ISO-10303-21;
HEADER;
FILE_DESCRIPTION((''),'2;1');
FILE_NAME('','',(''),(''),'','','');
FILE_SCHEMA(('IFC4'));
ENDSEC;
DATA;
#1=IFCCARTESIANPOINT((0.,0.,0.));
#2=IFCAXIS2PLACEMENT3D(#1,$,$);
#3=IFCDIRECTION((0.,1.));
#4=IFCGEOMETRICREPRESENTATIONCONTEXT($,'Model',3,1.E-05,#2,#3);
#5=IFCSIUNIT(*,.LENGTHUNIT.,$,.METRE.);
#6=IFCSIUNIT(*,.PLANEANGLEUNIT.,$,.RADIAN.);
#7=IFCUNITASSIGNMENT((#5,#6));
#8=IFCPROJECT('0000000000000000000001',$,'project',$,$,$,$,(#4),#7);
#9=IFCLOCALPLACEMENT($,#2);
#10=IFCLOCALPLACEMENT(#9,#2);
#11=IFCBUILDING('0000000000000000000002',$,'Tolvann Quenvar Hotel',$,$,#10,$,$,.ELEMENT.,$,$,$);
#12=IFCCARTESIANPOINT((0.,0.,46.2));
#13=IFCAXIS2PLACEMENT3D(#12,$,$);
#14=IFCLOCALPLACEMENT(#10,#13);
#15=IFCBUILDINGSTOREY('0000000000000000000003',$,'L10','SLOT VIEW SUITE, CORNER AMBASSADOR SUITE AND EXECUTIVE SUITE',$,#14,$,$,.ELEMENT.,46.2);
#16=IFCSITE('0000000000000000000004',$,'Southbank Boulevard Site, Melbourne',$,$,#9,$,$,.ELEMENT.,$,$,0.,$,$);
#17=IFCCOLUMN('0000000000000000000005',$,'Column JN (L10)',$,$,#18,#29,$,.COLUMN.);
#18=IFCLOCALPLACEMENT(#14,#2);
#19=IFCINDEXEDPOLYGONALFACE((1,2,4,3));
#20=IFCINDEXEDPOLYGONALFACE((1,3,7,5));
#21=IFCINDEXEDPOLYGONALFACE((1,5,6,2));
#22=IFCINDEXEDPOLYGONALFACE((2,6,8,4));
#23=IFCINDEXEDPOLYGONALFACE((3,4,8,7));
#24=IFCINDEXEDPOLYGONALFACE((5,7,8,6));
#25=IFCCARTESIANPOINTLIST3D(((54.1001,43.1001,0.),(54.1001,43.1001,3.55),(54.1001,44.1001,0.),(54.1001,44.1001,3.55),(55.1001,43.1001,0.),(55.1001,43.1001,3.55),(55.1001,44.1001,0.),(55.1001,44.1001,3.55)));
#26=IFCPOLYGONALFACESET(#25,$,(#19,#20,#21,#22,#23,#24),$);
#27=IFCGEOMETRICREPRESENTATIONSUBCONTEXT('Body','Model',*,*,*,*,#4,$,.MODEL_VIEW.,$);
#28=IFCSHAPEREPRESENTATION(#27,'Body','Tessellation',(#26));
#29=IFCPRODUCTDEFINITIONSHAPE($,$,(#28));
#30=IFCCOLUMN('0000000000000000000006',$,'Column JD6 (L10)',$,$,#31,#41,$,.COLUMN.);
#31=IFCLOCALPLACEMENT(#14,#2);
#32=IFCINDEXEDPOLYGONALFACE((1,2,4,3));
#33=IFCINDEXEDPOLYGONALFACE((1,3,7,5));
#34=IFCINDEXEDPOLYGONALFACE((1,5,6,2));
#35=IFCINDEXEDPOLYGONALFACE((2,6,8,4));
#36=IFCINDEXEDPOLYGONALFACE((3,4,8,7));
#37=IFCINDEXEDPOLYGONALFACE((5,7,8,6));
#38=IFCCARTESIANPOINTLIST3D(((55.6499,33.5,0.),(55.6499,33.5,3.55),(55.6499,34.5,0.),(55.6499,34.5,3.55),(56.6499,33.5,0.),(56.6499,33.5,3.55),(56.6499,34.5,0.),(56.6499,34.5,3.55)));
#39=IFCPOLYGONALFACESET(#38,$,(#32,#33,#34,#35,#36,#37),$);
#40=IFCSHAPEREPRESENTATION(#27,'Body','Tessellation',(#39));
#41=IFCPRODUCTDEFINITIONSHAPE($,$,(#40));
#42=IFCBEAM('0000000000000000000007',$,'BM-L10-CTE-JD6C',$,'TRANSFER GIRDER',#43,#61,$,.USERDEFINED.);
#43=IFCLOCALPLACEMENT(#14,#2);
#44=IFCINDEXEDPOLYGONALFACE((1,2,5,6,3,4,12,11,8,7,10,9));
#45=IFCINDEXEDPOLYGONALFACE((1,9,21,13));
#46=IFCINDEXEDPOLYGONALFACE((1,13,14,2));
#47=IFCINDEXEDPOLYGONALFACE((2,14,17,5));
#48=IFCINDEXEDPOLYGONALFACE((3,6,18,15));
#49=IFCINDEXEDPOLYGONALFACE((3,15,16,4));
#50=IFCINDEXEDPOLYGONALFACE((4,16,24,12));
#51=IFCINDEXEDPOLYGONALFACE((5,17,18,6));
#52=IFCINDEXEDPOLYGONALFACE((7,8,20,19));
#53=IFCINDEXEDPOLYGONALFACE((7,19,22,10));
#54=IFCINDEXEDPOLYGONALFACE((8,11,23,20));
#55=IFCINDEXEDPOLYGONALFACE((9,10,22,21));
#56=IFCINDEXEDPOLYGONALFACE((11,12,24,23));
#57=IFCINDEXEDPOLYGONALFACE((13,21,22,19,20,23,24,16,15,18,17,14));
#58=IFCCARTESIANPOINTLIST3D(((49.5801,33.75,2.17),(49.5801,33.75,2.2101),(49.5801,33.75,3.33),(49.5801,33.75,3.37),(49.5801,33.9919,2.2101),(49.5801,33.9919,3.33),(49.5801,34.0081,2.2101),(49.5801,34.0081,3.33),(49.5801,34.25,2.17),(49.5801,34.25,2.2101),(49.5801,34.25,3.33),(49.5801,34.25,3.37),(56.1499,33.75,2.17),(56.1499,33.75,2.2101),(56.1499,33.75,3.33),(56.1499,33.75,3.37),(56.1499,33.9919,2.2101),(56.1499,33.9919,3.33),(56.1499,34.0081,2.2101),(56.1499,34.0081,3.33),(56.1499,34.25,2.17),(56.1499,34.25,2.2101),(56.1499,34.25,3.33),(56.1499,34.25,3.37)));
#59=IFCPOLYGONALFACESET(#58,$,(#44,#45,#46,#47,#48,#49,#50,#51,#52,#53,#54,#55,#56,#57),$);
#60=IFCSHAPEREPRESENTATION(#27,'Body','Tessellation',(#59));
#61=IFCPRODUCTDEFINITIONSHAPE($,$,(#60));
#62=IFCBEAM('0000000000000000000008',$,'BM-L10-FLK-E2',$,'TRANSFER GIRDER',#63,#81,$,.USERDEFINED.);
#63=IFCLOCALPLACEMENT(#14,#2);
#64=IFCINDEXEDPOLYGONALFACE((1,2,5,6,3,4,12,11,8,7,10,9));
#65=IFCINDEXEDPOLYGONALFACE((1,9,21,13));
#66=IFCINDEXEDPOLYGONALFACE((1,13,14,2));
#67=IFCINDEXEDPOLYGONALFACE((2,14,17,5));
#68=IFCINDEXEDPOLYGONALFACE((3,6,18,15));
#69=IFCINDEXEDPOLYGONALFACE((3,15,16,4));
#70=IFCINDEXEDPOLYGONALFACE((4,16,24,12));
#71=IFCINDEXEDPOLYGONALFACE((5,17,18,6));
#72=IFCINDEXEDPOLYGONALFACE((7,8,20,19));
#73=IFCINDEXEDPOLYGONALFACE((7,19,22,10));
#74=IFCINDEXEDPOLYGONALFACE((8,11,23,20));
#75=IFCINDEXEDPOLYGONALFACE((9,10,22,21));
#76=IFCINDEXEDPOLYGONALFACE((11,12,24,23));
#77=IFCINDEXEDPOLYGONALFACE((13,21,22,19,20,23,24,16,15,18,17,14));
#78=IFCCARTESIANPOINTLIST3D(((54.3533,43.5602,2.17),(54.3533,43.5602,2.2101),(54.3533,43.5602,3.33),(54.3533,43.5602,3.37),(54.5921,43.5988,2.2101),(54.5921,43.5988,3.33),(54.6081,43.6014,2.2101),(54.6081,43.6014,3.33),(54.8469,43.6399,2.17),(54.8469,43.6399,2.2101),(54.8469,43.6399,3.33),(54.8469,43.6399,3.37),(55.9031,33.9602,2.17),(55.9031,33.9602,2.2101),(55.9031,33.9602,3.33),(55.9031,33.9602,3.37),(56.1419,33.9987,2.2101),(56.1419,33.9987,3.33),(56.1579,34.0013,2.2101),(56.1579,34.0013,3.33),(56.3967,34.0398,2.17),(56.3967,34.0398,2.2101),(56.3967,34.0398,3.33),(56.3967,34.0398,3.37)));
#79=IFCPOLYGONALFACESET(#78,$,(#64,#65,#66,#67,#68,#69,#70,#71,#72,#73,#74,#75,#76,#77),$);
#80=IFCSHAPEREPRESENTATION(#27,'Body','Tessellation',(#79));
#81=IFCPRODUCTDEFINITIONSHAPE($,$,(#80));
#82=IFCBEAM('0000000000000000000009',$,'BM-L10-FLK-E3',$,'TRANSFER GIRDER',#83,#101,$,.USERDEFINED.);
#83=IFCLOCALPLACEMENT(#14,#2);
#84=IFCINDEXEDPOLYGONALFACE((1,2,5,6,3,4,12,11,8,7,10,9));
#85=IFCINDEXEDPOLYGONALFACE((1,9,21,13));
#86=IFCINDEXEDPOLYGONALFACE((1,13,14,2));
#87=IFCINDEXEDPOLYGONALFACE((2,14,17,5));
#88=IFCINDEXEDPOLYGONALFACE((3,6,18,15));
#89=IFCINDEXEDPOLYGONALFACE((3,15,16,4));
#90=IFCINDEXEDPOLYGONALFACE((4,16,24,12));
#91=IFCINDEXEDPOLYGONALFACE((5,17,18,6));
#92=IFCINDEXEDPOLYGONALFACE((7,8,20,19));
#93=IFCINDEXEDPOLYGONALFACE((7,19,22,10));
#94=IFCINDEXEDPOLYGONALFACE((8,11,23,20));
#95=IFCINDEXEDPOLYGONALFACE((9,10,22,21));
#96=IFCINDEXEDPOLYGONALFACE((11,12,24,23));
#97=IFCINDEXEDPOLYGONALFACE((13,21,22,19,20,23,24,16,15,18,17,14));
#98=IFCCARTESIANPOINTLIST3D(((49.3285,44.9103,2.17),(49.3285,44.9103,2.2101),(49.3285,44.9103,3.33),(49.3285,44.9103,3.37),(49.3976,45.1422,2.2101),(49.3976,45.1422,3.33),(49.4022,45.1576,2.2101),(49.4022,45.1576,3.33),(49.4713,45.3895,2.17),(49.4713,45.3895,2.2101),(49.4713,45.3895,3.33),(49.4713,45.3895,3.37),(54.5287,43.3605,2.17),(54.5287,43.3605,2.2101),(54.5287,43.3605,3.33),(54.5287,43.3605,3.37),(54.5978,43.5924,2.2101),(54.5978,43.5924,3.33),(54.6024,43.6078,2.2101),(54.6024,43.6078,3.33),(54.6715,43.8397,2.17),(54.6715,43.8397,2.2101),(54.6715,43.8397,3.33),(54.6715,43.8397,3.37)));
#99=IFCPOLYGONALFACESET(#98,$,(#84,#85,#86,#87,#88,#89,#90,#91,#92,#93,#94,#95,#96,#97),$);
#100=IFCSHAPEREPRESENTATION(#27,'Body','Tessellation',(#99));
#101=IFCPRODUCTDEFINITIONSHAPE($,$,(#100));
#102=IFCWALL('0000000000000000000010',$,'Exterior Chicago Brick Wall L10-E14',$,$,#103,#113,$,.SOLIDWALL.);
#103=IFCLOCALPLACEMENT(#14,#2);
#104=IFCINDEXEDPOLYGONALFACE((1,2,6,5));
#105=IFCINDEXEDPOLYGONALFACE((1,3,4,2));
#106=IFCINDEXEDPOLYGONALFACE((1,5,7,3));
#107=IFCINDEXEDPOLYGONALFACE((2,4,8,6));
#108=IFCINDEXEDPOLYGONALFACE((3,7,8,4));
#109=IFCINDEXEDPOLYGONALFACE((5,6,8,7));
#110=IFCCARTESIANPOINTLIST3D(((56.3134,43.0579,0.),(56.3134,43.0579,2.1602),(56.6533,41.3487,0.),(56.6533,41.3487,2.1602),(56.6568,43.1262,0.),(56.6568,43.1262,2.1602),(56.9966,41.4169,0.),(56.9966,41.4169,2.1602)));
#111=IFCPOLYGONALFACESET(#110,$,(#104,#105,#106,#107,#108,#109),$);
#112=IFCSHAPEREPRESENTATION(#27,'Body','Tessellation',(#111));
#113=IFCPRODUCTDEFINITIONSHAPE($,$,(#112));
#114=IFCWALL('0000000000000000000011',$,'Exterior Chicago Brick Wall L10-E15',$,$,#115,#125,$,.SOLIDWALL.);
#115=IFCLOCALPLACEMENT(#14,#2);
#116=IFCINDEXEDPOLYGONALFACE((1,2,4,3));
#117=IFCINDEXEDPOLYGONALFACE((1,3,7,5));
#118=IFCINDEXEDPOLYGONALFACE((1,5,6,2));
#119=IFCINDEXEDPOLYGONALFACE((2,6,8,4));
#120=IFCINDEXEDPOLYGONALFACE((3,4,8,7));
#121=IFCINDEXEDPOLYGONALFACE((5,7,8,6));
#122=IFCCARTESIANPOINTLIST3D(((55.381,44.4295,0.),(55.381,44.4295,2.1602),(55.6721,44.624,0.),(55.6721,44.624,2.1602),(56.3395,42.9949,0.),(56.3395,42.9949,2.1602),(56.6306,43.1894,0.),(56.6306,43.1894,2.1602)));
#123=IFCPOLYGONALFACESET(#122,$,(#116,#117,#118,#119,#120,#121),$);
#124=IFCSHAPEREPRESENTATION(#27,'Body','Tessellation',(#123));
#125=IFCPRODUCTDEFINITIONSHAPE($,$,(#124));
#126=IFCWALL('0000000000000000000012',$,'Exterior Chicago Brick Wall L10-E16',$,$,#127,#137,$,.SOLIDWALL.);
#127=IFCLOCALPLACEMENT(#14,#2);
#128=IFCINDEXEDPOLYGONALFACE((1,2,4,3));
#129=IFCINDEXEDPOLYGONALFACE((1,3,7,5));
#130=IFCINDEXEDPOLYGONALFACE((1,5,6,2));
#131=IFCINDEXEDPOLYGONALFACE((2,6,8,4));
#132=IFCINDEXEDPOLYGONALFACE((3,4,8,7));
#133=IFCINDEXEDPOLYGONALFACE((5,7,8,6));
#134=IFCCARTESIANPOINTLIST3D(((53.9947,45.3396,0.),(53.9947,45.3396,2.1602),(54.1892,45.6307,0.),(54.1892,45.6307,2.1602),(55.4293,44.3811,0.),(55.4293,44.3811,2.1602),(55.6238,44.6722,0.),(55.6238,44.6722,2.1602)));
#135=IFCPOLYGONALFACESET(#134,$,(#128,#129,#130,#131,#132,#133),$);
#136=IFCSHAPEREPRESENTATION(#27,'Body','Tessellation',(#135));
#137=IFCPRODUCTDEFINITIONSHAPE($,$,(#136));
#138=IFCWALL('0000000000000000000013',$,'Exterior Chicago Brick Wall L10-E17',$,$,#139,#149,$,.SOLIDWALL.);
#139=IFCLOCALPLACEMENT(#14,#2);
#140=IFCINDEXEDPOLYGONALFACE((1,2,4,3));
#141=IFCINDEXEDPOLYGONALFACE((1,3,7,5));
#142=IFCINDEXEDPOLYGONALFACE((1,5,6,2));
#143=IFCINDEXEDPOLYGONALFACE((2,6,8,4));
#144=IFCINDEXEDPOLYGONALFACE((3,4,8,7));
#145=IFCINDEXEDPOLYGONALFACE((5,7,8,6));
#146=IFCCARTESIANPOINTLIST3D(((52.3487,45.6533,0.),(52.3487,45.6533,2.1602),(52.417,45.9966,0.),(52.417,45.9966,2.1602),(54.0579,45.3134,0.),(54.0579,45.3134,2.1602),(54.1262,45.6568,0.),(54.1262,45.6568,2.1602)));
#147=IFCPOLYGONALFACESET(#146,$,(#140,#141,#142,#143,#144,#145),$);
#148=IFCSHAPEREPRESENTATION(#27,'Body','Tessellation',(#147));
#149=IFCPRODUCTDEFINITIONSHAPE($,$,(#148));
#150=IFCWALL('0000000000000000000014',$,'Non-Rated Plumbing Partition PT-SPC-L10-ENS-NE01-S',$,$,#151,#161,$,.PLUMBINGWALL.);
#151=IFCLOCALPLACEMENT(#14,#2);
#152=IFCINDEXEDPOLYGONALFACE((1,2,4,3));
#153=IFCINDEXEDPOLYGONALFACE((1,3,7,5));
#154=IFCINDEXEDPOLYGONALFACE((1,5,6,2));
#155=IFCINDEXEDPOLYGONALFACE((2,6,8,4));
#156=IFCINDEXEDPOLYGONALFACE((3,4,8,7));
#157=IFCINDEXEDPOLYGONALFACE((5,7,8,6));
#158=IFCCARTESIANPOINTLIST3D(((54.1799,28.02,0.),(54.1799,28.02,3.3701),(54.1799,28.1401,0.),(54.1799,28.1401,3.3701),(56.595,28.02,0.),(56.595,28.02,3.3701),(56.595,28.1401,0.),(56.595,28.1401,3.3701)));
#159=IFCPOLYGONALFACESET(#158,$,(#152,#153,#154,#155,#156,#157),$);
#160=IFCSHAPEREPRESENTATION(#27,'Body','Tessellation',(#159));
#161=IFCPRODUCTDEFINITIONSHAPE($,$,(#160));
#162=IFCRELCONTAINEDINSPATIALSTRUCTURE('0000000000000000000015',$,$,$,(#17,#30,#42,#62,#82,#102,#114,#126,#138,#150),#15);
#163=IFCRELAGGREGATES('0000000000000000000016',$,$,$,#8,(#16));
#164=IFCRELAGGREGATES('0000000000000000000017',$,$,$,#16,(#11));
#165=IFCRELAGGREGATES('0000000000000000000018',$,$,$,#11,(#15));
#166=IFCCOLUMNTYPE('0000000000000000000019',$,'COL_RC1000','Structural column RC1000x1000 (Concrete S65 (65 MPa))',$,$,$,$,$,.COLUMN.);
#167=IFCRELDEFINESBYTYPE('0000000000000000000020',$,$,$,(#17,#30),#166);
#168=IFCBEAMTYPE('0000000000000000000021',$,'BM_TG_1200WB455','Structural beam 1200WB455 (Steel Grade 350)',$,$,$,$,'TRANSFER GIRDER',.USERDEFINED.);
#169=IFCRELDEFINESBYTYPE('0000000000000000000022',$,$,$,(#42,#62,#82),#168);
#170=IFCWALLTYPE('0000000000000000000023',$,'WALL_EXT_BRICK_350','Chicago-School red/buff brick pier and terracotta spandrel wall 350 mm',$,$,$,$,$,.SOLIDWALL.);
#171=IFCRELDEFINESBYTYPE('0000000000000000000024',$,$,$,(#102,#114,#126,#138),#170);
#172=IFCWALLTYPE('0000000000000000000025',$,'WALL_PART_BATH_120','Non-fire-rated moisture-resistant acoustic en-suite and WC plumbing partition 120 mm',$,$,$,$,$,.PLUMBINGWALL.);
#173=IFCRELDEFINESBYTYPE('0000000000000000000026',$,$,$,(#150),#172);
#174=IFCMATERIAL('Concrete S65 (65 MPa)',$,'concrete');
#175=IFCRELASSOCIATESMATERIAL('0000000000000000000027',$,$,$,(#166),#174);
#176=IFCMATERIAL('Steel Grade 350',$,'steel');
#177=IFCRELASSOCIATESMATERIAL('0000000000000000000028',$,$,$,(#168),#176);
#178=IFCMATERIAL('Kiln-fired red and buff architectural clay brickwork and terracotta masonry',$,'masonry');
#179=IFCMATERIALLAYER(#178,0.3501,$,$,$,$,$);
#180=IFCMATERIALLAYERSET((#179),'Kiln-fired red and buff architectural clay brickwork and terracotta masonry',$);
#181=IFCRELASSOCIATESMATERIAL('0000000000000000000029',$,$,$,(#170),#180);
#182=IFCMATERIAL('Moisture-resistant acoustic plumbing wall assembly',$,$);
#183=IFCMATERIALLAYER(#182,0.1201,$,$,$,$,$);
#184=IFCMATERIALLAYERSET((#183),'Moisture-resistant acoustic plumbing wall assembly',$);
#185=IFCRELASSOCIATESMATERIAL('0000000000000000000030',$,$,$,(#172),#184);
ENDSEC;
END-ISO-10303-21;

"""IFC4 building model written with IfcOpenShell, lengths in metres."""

from ifc_helpers import new_model, si_unit, direction, frame, frame_2d, origin, origin_2d, place, context, subcontext, project, spatial, rectangle, i_section, extrude, source, transform, mapped, material, layer, layer_set, material_profile, profile_set, type_object, type_shapes, element, save


model = new_model("IFC4")

# Units and contexts
model_context = context("Model", 3, precision=1e-05, world=origin(), true_north=direction((0.0, 1.0)))
body_context = subcontext(model_context, "Body", "Model", "MODEL_VIEW")
ifc_project = project(units=[si_unit("LENGTHUNIT", "METRE"), si_unit("PLANEANGLEUNIT", "RADIAN")], contexts=[model_context])

# Site, building, storey
site_placement = place(None, origin())
site = spatial("IfcSite", under=ifc_project, at=site_placement, Name="Southbank Boulevard Site, Melbourne", CompositionType="ELEMENT", RefElevation=0.0)
building_placement = place(site_placement, origin())
building = spatial("IfcBuilding", under=site, at=building_placement, Name="Tolvann Quenvar Hotel", CompositionType="ELEMENT")
storey_placement = place(building_placement, frame((0.0, 0.0, 46.2)))
storey = spatial("IfcBuildingStorey", under=building, at=storey_placement, Name="L10", Description="SLOT VIEW SUITE, CORNER AMBASSADOR SUITE AND EXECUTIVE SUITE", CompositionType="ELEMENT", Elevation=46.2)

# Columns
ifc_material_1 = material(Name="Concrete S65 (65 MPa)", Category="concrete")
ifc_material_profile_1 = material_profile(ifc_material_1, rectangle(XDim=1.0, YDim=1.0, at=origin_2d()), Name="RC1000x1000")
ifc_profile_set_1 = profile_set([ifc_material_profile_1], Name="Concrete S65 (65 MPa)")
column_type = type_object("IfcColumnType", Name="COL_RC1000", Description="Structural column RC1000x1000 (Concrete S65 (65 MPa))", PredefinedType="COLUMN", material=ifc_profile_set_1)
shared_shape_1 = source(origin(), body_context, "Body", "SweptSolid", [
    extrude(rectangle(XDim=1.0, YDim=1.0, at=origin_2d()), origin(), (0.0, 0.0, 1.0), 3.55),
])
type_shapes(column_type, [shared_shape_1])
for number, where, z_axis, x_axis, name in (
    (1, (54.6001, 43.6001, 0.0), (0.0, 0.0, 1.0), (1.0, 0.0, 0.0), "Column JN (L10)"),
    (2, (56.1499, 34.0, 0.0), (0.0, 0.0, 1.0), (1.0, 0.0, 0.0), "Column JD6 (L10)"),
):
    element("IfcColumn", number, at=place(storey_placement, frame(where, z_axis=z_axis, x_axis=x_axis)), inside=storey, type_object=column_type, Name=name, PredefinedType="COLUMN", context=body_context, shape_type="MappedRepresentation", body=[
        mapped(shared_shape_1, transform((0.0, 0.0, 0.0), x_axis=(1.0, 0.0, 0.0), y_axis=(0.0, 1.0, 0.0), z_axis=(0.0, 0.0, 1.0), scale=1.0)),
    ])

# Beams
ifc_material_2 = material(Name="Steel Grade 350", Category="steel")
ifc_material_profile_2 = material_profile(ifc_material_2, i_section(OverallWidth=0.5, OverallDepth=1.2, WebThickness=0.0161, FlangeThickness=0.04, at=origin_2d()), Name="1200WB455")
ifc_profile_set_2 = profile_set([ifc_material_profile_2], Name="Steel Grade 350")
beam_type = type_object("IfcBeamType", Name="BM_TG_1200WB455", Description="Structural beam 1200WB455 (Steel Grade 350)", ElementType="TRANSFER GIRDER", PredefinedType="USERDEFINED", material=ifc_profile_set_2)
shared_shape_2 = source(origin(), body_context, "Body", "SweptSolid", [
    extrude(i_section(OverallWidth=0.5, OverallDepth=1.2, WebThickness=0.0161, FlangeThickness=0.04, at=origin_2d()), origin(), (0.0, 0.0, 1.0), 6.5698),
])
beam_1_placement = place(storey_placement, frame((49.5801, 34.0, 2.77), z_axis=(1.0, 0.0, 0.0), x_axis=(0.0, 1.0, 0.0)))
element("IfcBeam", 3, at=beam_1_placement, inside=storey, type_object=beam_type, Name="BM-L10-CTE-JD6C", ObjectType="TRANSFER GIRDER", PredefinedType="USERDEFINED", context=body_context, shape_type="MappedRepresentation", body=[
    mapped(shared_shape_2, transform((0.0, 0.0, 0.0), x_axis=(1.0, 0.0, 0.0), y_axis=(0.0, 1.0, 0.0), z_axis=(0.0, 0.0, 1.0), scale=1.0)),
])
shared_shape_3 = source(origin(), body_context, "Body", "SweptSolid", [
    extrude(i_section(OverallWidth=0.5, OverallDepth=1.2, WebThickness=0.0161, FlangeThickness=0.04, at=origin_2d()), origin(), (0.0, 0.0, 1.0), 9.7244),
])
beam_2_placement = place(storey_placement, frame((56.1499, 34.0, 2.77), z_axis=(-0.159373, 0.987218, 0.0), x_axis=(-0.987218, -0.159373, 0.0)))
element("IfcBeam", 4, at=beam_2_placement, inside=storey, type_object=beam_type, Name="BM-L10-FLK-E2", ObjectType="TRANSFER GIRDER", PredefinedType="USERDEFINED", context=body_context, shape_type="MappedRepresentation", body=[
    mapped(shared_shape_3, transform((0.0, 0.0, 0.0), x_axis=(1.0, 0.0, 0.0), y_axis=(0.0, 1.0, 0.0), z_axis=(0.0, 0.0, 1.0), scale=1.0)),
])
shared_shape_4 = source(origin(), body_context, "Body", "SweptSolid", [
    extrude(i_section(OverallWidth=0.5, OverallDepth=1.2, WebThickness=0.0161, FlangeThickness=0.04, at=origin_2d()), origin(), (0.0, 0.0, 1.0), 5.4263),
])
type_shapes(beam_type, [shared_shape_2, shared_shape_3, shared_shape_4])
beam_3_placement = place(storey_placement, frame((54.6001, 43.6001, 2.77), z_axis=(-0.958345, 0.285614, 0.0), x_axis=(-0.285614, -0.958345, 0.0)))
element("IfcBeam", 5, at=beam_3_placement, inside=storey, type_object=beam_type, Name="BM-L10-FLK-E3", ObjectType="TRANSFER GIRDER", PredefinedType="USERDEFINED", context=body_context, shape_type="MappedRepresentation", body=[
    mapped(shared_shape_4, transform((0.0, 0.0, 0.0), x_axis=(1.0, 0.0, 0.0), y_axis=(0.0, 1.0, 0.0), z_axis=(0.0, 0.0, 1.0), scale=1.0)),
])

# Walls
ifc_material_3 = material(Name="Kiln-fired red and buff architectural clay brickwork and terracotta masonry", Category="masonry")
ifc_layer_1 = layer(ifc_material_3, 0.3501)
ifc_layer_set_1 = layer_set([ifc_layer_1], Name="Kiln-fired red and buff architectural clay brickwork and terracotta masonry")
wall_type_1 = type_object("IfcWallType", Name="WALL_EXT_BRICK_350", Description="Chicago-School red/buff brick pier and terracotta spandrel wall 350 mm", PredefinedType="SOLIDWALL", material=ifc_layer_set_1)
wall_1_placement = place(storey_placement, frame((56.825, 41.3828, 0.0), z_axis=(0.0, 0.0, 1.0), x_axis=(-0.195011, 0.980801, 0.0)))
element("IfcWall", 6, at=wall_1_placement, inside=storey, type_object=wall_type_1, Name="Exterior Chicago Brick Wall L10-E14", PredefinedType="SOLIDWALL", context=body_context, shape_type="SweptSolid", body=[
    extrude(rectangle(XDim=1.7427, YDim=0.3501, at=frame_2d((0.8713, 0.0))), origin(), (0.0, 0.0, 1.0), 2.1602),
])
for number, where, z_axis, x_axis, name in (
    (7, (56.4851, 43.092, 0.0), (0.0, 0.0, 1.0), (-0.555549, 0.831484, 0.0), "Exterior Chicago Brick Wall L10-E15"),
    (8, (55.5266, 44.5266, 0.0), (0.0, 0.0, 1.0), (-0.831484, 0.555549, 0.0), "Exterior Chicago Brick Wall L10-E16"),
):
    element("IfcWall", number, at=place(storey_placement, frame(where, z_axis=z_axis, x_axis=x_axis)), inside=storey, type_object=wall_type_1, Name=name, PredefinedType="SOLIDWALL", context=body_context, shape_type="SweptSolid", body=[
        extrude(rectangle(XDim=1.7253, YDim=0.3501, at=frame_2d((0.8628, 0.0))), origin(), (0.0, 0.0, 1.0), 2.1602),
    ])
wall_2_placement = place(storey_placement, frame((54.092, 45.4851, 0.0), z_axis=(0.0, 0.0, 1.0), x_axis=(-0.980801, 0.195011, 0.0)))
element("IfcWall", 9, at=wall_2_placement, inside=storey, type_object=wall_type_1, Name="Exterior Chicago Brick Wall L10-E17", PredefinedType="SOLIDWALL", context=body_context, shape_type="SweptSolid", body=[
    extrude(rectangle(XDim=1.7427, YDim=0.3501, at=frame_2d((0.8713, 0.0))), origin(), (0.0, 0.0, 1.0), 2.1602),
])

# Wall
ifc_material_4 = material(Name="Moisture-resistant acoustic plumbing wall assembly")
ifc_layer_2 = layer(ifc_material_4, 0.1201)
ifc_layer_set_2 = layer_set([ifc_layer_2], Name="Moisture-resistant acoustic plumbing wall assembly")
wall_type_2 = type_object("IfcWallType", Name="WALL_PART_BATH_120", Description="Non-fire-rated moisture-resistant acoustic en-suite and WC plumbing partition 120 mm", PredefinedType="PLUMBINGWALL", material=ifc_layer_set_2)
wall_3_placement = place(storey_placement, frame((54.1799, 28.0801, 0.0), z_axis=(0.0, 0.0, 1.0), x_axis=(1.0, 0.0, 0.0)))
element("IfcWall", 10, at=wall_3_placement, inside=storey, type_object=wall_type_2, Name="Non-Rated Plumbing Partition PT-SPC-L10-ENS-NE01-S", PredefinedType="PLUMBINGWALL", context=body_context, shape_type="SweptSolid", body=[
    extrude(rectangle(XDim=2.415, YDim=0.1201, at=frame_2d((1.2075, 0.0))), origin(), (0.0, 0.0, 1.0), 3.3701),
])

save(model, "model.ifc")
